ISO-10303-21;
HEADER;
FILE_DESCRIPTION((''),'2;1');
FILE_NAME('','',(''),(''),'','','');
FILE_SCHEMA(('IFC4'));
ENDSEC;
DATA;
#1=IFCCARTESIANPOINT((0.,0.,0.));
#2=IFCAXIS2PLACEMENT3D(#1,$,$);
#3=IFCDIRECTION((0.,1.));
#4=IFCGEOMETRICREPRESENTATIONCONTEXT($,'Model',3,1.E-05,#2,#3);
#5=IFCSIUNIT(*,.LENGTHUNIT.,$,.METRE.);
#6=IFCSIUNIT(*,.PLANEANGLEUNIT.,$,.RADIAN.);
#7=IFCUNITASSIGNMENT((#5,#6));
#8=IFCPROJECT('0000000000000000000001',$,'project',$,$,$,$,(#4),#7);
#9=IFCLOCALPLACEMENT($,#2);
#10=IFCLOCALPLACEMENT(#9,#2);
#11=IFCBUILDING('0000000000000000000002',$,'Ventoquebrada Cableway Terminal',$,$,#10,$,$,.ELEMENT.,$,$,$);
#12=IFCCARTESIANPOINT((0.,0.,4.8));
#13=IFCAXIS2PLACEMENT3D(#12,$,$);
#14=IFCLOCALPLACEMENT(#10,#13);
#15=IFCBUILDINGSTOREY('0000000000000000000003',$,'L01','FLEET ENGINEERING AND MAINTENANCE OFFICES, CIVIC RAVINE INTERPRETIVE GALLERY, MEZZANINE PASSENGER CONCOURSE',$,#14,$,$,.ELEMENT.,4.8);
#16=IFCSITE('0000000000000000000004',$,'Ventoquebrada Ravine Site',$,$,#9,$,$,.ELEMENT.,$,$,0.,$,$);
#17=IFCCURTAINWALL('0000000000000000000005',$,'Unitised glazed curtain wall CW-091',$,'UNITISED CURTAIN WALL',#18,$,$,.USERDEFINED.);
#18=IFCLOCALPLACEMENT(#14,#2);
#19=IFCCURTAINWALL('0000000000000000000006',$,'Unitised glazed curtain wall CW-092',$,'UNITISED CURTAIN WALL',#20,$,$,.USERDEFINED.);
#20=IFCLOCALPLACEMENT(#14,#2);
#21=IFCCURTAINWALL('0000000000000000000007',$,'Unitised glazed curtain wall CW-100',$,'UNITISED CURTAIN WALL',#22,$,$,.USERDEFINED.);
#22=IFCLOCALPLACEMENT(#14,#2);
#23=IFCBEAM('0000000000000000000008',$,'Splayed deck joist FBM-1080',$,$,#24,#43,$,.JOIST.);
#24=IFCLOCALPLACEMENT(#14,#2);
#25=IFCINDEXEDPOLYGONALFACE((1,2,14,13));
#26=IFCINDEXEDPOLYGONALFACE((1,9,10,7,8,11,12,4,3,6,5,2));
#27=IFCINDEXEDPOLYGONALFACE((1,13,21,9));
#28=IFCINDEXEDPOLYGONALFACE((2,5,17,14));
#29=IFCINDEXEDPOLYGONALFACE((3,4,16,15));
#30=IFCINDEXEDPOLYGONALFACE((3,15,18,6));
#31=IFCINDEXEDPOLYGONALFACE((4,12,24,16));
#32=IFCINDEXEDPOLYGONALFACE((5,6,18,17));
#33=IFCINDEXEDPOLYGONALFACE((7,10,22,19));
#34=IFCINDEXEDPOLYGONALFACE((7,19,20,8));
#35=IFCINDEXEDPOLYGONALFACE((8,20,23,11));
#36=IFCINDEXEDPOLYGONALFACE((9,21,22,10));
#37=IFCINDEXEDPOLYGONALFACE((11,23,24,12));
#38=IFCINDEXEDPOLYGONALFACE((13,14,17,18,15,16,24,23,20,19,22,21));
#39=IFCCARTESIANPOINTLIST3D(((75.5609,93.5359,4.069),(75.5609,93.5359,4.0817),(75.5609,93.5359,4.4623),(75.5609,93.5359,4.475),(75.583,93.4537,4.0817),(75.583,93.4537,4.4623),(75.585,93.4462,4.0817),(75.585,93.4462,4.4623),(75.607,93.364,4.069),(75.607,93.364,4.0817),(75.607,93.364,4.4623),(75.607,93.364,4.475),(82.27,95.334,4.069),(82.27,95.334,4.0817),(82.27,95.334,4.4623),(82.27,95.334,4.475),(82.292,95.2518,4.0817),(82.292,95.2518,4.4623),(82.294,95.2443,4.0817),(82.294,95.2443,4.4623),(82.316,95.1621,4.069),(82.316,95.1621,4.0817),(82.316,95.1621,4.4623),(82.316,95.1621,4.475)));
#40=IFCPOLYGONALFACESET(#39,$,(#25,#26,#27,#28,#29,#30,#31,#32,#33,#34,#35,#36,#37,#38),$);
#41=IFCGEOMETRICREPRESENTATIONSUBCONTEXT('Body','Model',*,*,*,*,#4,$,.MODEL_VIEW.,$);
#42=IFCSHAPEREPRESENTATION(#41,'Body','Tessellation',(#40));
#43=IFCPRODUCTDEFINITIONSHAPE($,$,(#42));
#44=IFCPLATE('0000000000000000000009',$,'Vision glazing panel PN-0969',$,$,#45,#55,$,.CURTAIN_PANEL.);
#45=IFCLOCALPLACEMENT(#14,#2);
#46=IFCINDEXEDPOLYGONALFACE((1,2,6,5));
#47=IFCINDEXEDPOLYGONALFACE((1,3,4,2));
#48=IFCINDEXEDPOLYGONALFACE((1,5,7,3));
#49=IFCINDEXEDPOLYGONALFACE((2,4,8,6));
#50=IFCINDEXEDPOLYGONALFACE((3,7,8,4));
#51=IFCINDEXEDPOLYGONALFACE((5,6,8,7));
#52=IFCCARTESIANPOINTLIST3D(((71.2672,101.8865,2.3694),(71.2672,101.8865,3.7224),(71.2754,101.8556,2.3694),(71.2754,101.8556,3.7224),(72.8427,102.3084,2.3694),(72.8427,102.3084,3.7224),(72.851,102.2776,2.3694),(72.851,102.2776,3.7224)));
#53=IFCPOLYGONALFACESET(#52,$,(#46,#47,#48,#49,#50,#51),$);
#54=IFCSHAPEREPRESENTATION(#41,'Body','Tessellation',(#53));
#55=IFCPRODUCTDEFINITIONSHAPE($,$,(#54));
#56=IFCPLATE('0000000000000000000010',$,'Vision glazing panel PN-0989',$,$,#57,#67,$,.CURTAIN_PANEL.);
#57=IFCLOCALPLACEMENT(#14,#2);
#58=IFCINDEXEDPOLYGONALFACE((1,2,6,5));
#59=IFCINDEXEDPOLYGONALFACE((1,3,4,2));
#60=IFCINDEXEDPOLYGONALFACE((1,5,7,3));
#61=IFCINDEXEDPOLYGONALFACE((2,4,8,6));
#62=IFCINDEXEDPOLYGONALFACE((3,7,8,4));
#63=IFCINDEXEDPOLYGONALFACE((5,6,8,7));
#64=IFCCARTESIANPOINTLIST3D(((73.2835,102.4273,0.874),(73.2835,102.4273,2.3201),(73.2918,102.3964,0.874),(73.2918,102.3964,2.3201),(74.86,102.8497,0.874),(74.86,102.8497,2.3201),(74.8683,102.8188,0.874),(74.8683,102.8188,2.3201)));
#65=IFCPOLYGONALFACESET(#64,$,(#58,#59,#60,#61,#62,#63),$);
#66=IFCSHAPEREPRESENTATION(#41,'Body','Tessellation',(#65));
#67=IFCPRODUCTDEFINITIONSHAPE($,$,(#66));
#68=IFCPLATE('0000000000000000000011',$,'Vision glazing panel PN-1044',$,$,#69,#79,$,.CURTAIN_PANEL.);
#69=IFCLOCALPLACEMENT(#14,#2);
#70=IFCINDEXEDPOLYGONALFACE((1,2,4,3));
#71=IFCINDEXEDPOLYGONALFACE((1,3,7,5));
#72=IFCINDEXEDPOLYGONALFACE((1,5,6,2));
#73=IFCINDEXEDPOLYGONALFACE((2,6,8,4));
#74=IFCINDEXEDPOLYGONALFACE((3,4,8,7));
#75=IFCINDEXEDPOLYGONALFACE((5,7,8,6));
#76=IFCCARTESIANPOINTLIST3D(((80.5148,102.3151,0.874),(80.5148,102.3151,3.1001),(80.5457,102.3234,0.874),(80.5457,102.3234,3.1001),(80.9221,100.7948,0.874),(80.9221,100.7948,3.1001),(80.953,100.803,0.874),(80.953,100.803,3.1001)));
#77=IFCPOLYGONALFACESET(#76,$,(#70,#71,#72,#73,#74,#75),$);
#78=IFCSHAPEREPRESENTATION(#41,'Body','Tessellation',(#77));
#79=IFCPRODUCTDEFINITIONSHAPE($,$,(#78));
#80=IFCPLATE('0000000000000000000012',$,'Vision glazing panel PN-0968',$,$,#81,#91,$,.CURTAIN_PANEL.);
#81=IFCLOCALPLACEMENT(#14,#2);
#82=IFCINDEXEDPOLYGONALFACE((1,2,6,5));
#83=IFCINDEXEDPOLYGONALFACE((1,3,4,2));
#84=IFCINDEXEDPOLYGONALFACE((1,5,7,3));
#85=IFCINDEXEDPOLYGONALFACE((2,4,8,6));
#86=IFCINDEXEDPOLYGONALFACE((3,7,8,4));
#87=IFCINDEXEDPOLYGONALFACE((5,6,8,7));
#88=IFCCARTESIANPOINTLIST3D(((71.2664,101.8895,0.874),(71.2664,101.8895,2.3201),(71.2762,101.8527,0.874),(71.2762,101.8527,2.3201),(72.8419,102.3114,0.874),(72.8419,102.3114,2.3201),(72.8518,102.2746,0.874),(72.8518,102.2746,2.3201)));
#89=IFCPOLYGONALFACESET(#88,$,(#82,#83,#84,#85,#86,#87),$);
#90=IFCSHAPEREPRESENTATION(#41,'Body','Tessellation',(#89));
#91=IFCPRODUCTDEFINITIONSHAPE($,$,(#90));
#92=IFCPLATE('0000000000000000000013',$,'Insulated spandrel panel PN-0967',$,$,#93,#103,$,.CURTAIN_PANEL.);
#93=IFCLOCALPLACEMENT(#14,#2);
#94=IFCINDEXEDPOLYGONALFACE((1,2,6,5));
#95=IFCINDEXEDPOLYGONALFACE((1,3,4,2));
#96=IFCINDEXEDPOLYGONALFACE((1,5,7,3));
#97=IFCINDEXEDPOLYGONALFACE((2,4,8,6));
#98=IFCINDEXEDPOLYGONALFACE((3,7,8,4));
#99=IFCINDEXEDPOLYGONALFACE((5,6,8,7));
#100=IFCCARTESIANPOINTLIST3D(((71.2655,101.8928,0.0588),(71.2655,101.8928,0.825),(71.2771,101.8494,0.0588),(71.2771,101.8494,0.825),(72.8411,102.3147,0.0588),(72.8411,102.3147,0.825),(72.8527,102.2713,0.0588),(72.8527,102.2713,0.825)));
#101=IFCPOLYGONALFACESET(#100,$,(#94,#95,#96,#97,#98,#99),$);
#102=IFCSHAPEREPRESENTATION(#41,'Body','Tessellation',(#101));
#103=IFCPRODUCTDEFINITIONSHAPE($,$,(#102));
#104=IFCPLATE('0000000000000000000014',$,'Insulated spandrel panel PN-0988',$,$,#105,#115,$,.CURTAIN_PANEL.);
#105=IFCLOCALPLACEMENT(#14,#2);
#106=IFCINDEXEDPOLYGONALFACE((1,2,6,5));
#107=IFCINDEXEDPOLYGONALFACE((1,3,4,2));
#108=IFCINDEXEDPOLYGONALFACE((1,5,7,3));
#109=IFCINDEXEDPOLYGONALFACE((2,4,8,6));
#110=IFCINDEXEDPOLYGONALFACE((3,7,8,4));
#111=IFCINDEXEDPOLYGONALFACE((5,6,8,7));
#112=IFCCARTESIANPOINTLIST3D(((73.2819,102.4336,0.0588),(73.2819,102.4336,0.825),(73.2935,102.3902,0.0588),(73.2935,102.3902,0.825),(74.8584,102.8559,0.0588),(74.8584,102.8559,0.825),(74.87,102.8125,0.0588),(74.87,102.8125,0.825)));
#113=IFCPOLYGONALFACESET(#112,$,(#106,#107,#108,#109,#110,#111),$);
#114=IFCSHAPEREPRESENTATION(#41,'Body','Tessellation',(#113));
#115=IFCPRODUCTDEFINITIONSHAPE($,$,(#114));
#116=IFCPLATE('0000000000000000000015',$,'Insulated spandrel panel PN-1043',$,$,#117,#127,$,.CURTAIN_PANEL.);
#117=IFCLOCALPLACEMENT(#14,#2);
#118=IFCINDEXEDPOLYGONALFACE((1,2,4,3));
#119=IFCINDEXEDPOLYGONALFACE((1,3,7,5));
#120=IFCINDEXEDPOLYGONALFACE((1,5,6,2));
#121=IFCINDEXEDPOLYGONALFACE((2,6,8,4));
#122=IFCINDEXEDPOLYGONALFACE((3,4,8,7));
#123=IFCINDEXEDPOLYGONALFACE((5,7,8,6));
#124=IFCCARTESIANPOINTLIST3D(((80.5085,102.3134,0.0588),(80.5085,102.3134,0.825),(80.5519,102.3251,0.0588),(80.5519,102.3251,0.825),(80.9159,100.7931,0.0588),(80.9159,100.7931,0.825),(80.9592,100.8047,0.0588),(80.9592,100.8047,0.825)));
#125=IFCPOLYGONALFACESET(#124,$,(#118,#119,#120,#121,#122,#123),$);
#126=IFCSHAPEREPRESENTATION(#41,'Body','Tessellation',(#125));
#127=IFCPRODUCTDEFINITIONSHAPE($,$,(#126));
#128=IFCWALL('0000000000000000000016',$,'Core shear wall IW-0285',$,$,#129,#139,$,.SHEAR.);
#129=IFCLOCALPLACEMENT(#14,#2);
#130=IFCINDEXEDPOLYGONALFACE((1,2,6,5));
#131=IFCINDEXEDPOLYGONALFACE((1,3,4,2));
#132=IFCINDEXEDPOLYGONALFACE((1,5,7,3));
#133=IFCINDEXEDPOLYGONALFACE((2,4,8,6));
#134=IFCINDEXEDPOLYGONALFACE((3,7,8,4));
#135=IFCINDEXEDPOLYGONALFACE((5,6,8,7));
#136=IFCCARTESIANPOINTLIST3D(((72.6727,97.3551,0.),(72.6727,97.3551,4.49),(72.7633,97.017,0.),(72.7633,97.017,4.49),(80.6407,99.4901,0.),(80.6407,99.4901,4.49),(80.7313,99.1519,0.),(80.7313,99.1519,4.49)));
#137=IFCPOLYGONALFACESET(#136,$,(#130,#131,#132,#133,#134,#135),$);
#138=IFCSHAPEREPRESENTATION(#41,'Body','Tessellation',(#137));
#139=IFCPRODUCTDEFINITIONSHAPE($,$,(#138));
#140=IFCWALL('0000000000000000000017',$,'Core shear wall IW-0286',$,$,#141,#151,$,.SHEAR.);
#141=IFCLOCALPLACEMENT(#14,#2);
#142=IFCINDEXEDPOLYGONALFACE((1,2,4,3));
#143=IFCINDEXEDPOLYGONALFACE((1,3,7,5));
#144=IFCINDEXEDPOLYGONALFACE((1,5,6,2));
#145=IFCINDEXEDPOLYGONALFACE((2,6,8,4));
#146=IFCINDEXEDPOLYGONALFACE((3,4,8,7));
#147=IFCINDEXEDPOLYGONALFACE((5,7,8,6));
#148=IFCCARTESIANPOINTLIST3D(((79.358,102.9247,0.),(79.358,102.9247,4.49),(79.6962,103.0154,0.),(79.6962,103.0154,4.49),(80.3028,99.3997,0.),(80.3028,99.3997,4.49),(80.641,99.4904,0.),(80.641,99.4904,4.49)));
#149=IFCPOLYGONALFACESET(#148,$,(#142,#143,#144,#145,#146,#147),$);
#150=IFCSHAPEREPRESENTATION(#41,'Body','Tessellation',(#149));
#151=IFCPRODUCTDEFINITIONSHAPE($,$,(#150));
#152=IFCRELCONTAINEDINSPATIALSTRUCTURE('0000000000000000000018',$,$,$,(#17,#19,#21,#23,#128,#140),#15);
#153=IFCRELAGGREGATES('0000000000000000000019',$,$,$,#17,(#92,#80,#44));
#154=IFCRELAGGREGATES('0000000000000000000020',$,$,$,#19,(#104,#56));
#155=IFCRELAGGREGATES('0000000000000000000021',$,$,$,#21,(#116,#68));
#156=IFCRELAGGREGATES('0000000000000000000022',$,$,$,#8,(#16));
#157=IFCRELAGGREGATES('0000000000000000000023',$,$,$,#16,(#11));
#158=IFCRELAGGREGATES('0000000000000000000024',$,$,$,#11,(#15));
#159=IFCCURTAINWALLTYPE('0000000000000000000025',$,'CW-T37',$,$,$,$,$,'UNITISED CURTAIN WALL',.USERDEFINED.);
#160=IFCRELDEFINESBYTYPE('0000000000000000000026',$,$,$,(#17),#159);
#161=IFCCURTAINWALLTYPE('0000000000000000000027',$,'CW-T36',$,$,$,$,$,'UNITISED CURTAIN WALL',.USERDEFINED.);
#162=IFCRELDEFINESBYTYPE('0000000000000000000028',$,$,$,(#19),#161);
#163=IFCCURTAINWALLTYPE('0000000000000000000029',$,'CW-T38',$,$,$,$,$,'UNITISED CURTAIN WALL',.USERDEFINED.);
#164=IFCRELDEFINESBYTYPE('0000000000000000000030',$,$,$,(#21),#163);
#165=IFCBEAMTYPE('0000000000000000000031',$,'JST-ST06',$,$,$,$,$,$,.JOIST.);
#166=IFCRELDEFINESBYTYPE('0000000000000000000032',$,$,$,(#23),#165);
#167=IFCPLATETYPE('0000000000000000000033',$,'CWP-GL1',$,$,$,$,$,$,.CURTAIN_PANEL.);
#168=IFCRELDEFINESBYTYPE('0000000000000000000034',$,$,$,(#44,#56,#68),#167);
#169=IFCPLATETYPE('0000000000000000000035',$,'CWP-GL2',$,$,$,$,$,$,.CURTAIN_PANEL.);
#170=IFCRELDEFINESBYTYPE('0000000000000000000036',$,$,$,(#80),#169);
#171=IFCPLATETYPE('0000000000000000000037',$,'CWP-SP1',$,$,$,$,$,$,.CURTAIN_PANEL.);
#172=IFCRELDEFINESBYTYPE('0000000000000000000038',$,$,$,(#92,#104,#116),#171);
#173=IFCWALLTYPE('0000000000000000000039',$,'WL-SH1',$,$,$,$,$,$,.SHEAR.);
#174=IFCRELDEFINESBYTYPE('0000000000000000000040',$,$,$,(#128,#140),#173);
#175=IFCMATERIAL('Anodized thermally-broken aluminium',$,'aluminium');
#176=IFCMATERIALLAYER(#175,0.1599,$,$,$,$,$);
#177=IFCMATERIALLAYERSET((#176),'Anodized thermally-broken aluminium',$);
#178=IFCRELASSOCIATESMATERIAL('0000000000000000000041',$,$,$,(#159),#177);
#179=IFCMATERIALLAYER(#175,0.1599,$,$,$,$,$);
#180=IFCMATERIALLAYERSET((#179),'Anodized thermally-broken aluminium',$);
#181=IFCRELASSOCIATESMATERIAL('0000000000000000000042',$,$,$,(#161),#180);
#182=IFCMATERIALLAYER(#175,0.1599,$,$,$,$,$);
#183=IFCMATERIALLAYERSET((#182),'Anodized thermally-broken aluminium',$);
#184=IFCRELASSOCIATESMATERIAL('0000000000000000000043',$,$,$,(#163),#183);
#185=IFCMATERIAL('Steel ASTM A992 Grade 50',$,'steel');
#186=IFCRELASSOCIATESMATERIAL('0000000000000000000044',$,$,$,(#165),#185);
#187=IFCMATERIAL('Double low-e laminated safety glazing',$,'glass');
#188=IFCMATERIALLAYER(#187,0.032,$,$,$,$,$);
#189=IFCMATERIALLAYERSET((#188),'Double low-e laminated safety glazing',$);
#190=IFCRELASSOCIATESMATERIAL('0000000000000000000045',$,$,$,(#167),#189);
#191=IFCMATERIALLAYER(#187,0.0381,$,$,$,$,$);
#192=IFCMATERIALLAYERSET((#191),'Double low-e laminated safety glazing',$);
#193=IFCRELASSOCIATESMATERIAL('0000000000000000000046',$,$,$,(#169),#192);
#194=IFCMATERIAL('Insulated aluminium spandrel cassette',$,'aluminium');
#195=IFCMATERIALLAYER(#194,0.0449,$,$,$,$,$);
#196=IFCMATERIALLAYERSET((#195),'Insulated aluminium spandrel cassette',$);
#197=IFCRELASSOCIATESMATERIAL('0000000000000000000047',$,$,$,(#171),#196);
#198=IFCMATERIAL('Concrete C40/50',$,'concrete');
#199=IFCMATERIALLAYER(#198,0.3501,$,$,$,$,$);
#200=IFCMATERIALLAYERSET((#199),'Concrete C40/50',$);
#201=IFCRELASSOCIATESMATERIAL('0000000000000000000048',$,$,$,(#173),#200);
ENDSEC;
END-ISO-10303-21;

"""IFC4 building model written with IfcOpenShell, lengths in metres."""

from ifc_helpers import new_model, si_unit, direction, frame, frame_2d, origin, origin_2d, place, context, subcontext, project, spatial, rectangle, i_section, extrude, material, layer, layer_set, material_profile, profile_set, type_object, element, aggregate, save


model = new_model("IFC4")

# Units and contexts
model_context = context("Model", 3, precision=1e-05, world=origin(), true_north=direction((0.0, 1.0)))
body_context = subcontext(model_context, "Body", "Model", "MODEL_VIEW")
ifc_project = project(units=[si_unit("LENGTHUNIT", "METRE"), si_unit("PLANEANGLEUNIT", "RADIAN")], contexts=[model_context])

# Site, building, storey
site_placement = place(None, origin())
site = spatial("IfcSite", under=ifc_project, at=site_placement, Name="Ventoquebrada Ravine Site", CompositionType="ELEMENT", RefElevation=0.0)
building_placement = place(site_placement, origin())
building = spatial("IfcBuilding", under=site, at=building_placement, Name="Ventoquebrada Cableway Terminal", CompositionType="ELEMENT")
storey_placement = place(building_placement, frame((0.0, 0.0, 4.8)))
storey = spatial("IfcBuildingStorey", under=building, at=storey_placement, Name="L01", Description="FLEET ENGINEERING AND MAINTENANCE OFFICES, CIVIC RAVINE INTERPRETIVE GALLERY, MEZZANINE PASSENGER CONCOURSE", CompositionType="ELEMENT", Elevation=4.8)

# Shared definitions
ifc_material_1 = material(Name="Steel ASTM A992 Grade 50", Category="steel")

# Curtain walls
ifc_material_2 = material(Name="Anodized thermally-broken aluminium", Category="aluminium")
ifc_layer_1 = layer(ifc_material_2, 0.1599)
ifc_layer_set_1 = layer_set([ifc_layer_1], Name="Anodized thermally-broken aluminium")
curtain_wall_type_1 = type_object("IfcCurtainWallType", Name="CW-T37", ElementType="UNITISED CURTAIN WALL", PredefinedType="USERDEFINED", material=ifc_layer_set_1)
curtain_wall_1_placement = place(storey_placement, origin())
curtain_wall_1 = element("IfcCurtainWall", 1, at=curtain_wall_1_placement, inside=storey, type_object=curtain_wall_type_1, Name="Unitised glazed curtain wall CW-091", ObjectType="UNITISED CURTAIN WALL", PredefinedType="USERDEFINED")
ifc_layer_2 = layer(ifc_material_2, 0.1599)
ifc_layer_set_2 = layer_set([ifc_layer_2], Name="Anodized thermally-broken aluminium")
curtain_wall_type_2 = type_object("IfcCurtainWallType", Name="CW-T36", ElementType="UNITISED CURTAIN WALL", PredefinedType="USERDEFINED", material=ifc_layer_set_2)
curtain_wall_2_placement = place(storey_placement, origin())
curtain_wall_2 = element("IfcCurtainWall", 2, at=curtain_wall_2_placement, inside=storey, type_object=curtain_wall_type_2, Name="Unitised glazed curtain wall CW-092", ObjectType="UNITISED CURTAIN WALL", PredefinedType="USERDEFINED")
ifc_layer_3 = layer(ifc_material_2, 0.1599)
ifc_layer_set_3 = layer_set([ifc_layer_3], Name="Anodized thermally-broken aluminium")
curtain_wall_type_3 = type_object("IfcCurtainWallType", Name="CW-T38", ElementType="UNITISED CURTAIN WALL", PredefinedType="USERDEFINED", material=ifc_layer_set_3)
curtain_wall_3_placement = place(storey_placement, origin())
curtain_wall_3 = element("IfcCurtainWall", 3, at=curtain_wall_3_placement, inside=storey, type_object=curtain_wall_type_3, Name="Unitised glazed curtain wall CW-100", ObjectType="UNITISED CURTAIN WALL", PredefinedType="USERDEFINED")

# Beam
ifc_material_profile_1 = material_profile(ifc_material_1, i_section(OverallWidth=0.178, OverallDepth=0.406, WebThickness=0.0078, FlangeThickness=0.0127, at=origin_2d()), Name="W16X40")
ifc_profile_set_1 = profile_set([ifc_material_profile_1], Name="Steel ASTM A992 Grade 50")
beam_type_1 = type_object("IfcBeamType", Name="JST-ST06", PredefinedType="JOIST", material=ifc_profile_set_1)
beam_1_placement = place(storey_placement, frame((75.584, 93.45, 4.272), z_axis=(0.96591, 0.258877, 0.0), x_axis=(-0.258877, 0.96591, 0.0)))
element("IfcBeam", 4, at=beam_1_placement, inside=storey, type_object=beam_type_1, Name="Splayed deck joist FBM-1080", PredefinedType="JOIST", context=body_context, shape_type="SweptSolid", body=[
    extrude(i_section(OverallWidth=0.178, OverallDepth=0.406, WebThickness=0.0078, FlangeThickness=0.0127, at=origin_2d()), origin(), (0.0, 0.0, 1.0), 6.9458),
])

# Plates
ifc_material_3 = material(Name="Double low-e laminated safety glazing", Category="glass")
ifc_layer_4 = layer(ifc_material_3, 0.032)
ifc_layer_set_4 = layer_set([ifc_layer_4], Name="Double low-e laminated safety glazing")
plate_type_1 = type_object("IfcPlateType", Name="CWP-GL1", PredefinedType="CURTAIN_PANEL", material=ifc_layer_set_4)
plate_1_placement = place(storey_placement, frame((72.0591, 102.082, 2.3694), z_axis=(0.0, 0.0, 1.0), x_axis=(-0.965962, -0.258684, 0.0)))
plate_1 = element("IfcPlate", 5, at=plate_1_placement, type_object=plate_type_1, Name="Vision glazing panel PN-0969", PredefinedType="CURTAIN_PANEL", context=body_context, shape_type="SweptSolid", body=[
    extrude(rectangle(XDim=1.6311, YDim=0.032, at=origin_2d()), origin(), (0.0, 0.0, 1.0), 1.353),
])
plate_2_placement = place(storey_placement, frame((74.0759, 102.623, 0.874), z_axis=(0.0, 0.0, 1.0), x_axis=(-0.965935, -0.258785, 0.0)))
plate_2 = element("IfcPlate", 6, at=plate_2_placement, type_object=plate_type_1, Name="Vision glazing panel PN-0989", PredefinedType="CURTAIN_PANEL", context=body_context, shape_type="SweptSolid", body=[
    extrude(rectangle(XDim=1.6321, YDim=0.032, at=origin_2d()), origin(), (0.0, 0.0, 1.0), 1.446),
])
plate_3_placement = place(storey_placement, frame((80.7339, 101.5591, 0.874), z_axis=(0.0, 0.0, 1.0), x_axis=(-0.258785, 0.965935, 0.0)))
plate_3 = element("IfcPlate", 7, at=plate_3_placement, type_object=plate_type_1, Name="Vision glazing panel PN-1044", PredefinedType="CURTAIN_PANEL", context=body_context, shape_type="SweptSolid", body=[
    extrude(rectangle(XDim=1.574, YDim=0.032, at=origin_2d()), origin(), (0.0, 0.0, 1.0), 2.2261),
])
ifc_layer_5 = layer(ifc_material_3, 0.0381)
ifc_layer_set_5 = layer_set([ifc_layer_5], Name="Double low-e laminated safety glazing")
plate_type_2 = type_object("IfcPlateType", Name="CWP-GL2", PredefinedType="CURTAIN_PANEL", material=ifc_layer_set_5)
plate_4_placement = place(storey_placement, frame((72.0591, 102.082, 0.874), z_axis=(0.0, 0.0, 1.0), x_axis=(-0.965962, -0.258684, 0.0)))
plate_4 = element("IfcPlate", 8, at=plate_4_placement, type_object=plate_type_2, Name="Vision glazing panel PN-0968", PredefinedType="CURTAIN_PANEL", context=body_context, shape_type="SweptSolid", body=[
    extrude(rectangle(XDim=1.6311, YDim=0.0381, at=origin_2d()), origin(), (0.0, 0.0, 1.0), 1.446),
])
ifc_material_4 = material(Name="Insulated aluminium spandrel cassette", Category="aluminium")
ifc_layer_6 = layer(ifc_material_4, 0.0449)
ifc_layer_set_6 = layer_set([ifc_layer_6], Name="Insulated aluminium spandrel cassette")
plate_type_3 = type_object("IfcPlateType", Name="CWP-SP1", PredefinedType="CURTAIN_PANEL", material=ifc_layer_set_6)
plate_5_placement = place(storey_placement, frame((72.0591, 102.082, 0.0588), z_axis=(0.0, 0.0, 1.0), x_axis=(-0.965962, -0.258684, 0.0)))
plate_5 = element("IfcPlate", 9, at=plate_5_placement, type_object=plate_type_3, Name="Insulated spandrel panel PN-0967", PredefinedType="CURTAIN_PANEL", context=body_context, shape_type="SweptSolid", body=[
    extrude(rectangle(XDim=1.6311, YDim=0.0449, at=origin_2d()), origin(), (0.0, 0.0, 1.0), 0.7661),
])
aggregate(curtain_wall_1, [plate_5, plate_4, plate_1])
plate_6_placement = place(storey_placement, frame((74.0759, 102.623, 0.0588), z_axis=(0.0, 0.0, 1.0), x_axis=(-0.965935, -0.258785, 0.0)))
plate_6 = element("IfcPlate", 10, at=plate_6_placement, type_object=plate_type_3, Name="Insulated spandrel panel PN-0988", PredefinedType="CURTAIN_PANEL", context=body_context, shape_type="SweptSolid", body=[
    extrude(rectangle(XDim=1.6321, YDim=0.0449, at=origin_2d()), origin(), (0.0, 0.0, 1.0), 0.7661),
])
aggregate(curtain_wall_2, [plate_6, plate_2])
plate_7_placement = place(storey_placement, frame((80.7339, 101.5591, 0.0588), z_axis=(0.0, 0.0, 1.0), x_axis=(-0.258785, 0.965935, 0.0)))
plate_7 = element("IfcPlate", 11, at=plate_7_placement, type_object=plate_type_3, Name="Insulated spandrel panel PN-1043", PredefinedType="CURTAIN_PANEL", context=body_context, shape_type="SweptSolid", body=[
    extrude(rectangle(XDim=1.574, YDim=0.0449, at=origin_2d()), origin(), (0.0, 0.0, 1.0), 0.7661),
])
aggregate(curtain_wall_3, [plate_7, plate_3])

# Walls
ifc_material_5 = material(Name="Concrete C40/50", Category="concrete")
ifc_layer_7 = layer(ifc_material_5, 0.3501)
ifc_layer_set_7 = layer_set([ifc_layer_7], Name="Concrete C40/50")
wall_type = type_object("IfcWallType", Name="WL-SH1", PredefinedType="SHEAR", material=ifc_layer_set_7)
wall_1_placement = place(storey_placement, frame((72.718, 97.186, 0.0), z_axis=(0.0, 0.0, 1.0), x_axis=(0.965926, 0.258817, 0.0)))
element("IfcWall", 12, at=wall_1_placement, inside=storey, type_object=wall_type, Name="Core shear wall IW-0285", PredefinedType="SHEAR", context=body_context, shape_type="SweptSolid", body=[
    extrude(rectangle(XDim=8.249, YDim=0.3501, at=frame_2d((4.1245, 0.0))), origin(), (0.0, 0.0, 1.0), 4.49),
])
wall_2_placement = place(storey_placement, frame((80.4719, 99.4451, 0.0), z_axis=(0.0, 0.0, 1.0), x_axis=(-0.258903, 0.965903, 0.0)))
element("IfcWall", 13, at=wall_2_placement, inside=storey, type_object=wall_type, Name="Core shear wall IW-0286", PredefinedType="SHEAR", context=body_context, shape_type="SweptSolid", body=[
    extrude(rectangle(XDim=3.6494, YDim=0.3501, at=frame_2d((1.8247, 0.0))), origin(), (0.0, 0.0, 1.0), 4.49),
])

save(model, "model.ifc")
